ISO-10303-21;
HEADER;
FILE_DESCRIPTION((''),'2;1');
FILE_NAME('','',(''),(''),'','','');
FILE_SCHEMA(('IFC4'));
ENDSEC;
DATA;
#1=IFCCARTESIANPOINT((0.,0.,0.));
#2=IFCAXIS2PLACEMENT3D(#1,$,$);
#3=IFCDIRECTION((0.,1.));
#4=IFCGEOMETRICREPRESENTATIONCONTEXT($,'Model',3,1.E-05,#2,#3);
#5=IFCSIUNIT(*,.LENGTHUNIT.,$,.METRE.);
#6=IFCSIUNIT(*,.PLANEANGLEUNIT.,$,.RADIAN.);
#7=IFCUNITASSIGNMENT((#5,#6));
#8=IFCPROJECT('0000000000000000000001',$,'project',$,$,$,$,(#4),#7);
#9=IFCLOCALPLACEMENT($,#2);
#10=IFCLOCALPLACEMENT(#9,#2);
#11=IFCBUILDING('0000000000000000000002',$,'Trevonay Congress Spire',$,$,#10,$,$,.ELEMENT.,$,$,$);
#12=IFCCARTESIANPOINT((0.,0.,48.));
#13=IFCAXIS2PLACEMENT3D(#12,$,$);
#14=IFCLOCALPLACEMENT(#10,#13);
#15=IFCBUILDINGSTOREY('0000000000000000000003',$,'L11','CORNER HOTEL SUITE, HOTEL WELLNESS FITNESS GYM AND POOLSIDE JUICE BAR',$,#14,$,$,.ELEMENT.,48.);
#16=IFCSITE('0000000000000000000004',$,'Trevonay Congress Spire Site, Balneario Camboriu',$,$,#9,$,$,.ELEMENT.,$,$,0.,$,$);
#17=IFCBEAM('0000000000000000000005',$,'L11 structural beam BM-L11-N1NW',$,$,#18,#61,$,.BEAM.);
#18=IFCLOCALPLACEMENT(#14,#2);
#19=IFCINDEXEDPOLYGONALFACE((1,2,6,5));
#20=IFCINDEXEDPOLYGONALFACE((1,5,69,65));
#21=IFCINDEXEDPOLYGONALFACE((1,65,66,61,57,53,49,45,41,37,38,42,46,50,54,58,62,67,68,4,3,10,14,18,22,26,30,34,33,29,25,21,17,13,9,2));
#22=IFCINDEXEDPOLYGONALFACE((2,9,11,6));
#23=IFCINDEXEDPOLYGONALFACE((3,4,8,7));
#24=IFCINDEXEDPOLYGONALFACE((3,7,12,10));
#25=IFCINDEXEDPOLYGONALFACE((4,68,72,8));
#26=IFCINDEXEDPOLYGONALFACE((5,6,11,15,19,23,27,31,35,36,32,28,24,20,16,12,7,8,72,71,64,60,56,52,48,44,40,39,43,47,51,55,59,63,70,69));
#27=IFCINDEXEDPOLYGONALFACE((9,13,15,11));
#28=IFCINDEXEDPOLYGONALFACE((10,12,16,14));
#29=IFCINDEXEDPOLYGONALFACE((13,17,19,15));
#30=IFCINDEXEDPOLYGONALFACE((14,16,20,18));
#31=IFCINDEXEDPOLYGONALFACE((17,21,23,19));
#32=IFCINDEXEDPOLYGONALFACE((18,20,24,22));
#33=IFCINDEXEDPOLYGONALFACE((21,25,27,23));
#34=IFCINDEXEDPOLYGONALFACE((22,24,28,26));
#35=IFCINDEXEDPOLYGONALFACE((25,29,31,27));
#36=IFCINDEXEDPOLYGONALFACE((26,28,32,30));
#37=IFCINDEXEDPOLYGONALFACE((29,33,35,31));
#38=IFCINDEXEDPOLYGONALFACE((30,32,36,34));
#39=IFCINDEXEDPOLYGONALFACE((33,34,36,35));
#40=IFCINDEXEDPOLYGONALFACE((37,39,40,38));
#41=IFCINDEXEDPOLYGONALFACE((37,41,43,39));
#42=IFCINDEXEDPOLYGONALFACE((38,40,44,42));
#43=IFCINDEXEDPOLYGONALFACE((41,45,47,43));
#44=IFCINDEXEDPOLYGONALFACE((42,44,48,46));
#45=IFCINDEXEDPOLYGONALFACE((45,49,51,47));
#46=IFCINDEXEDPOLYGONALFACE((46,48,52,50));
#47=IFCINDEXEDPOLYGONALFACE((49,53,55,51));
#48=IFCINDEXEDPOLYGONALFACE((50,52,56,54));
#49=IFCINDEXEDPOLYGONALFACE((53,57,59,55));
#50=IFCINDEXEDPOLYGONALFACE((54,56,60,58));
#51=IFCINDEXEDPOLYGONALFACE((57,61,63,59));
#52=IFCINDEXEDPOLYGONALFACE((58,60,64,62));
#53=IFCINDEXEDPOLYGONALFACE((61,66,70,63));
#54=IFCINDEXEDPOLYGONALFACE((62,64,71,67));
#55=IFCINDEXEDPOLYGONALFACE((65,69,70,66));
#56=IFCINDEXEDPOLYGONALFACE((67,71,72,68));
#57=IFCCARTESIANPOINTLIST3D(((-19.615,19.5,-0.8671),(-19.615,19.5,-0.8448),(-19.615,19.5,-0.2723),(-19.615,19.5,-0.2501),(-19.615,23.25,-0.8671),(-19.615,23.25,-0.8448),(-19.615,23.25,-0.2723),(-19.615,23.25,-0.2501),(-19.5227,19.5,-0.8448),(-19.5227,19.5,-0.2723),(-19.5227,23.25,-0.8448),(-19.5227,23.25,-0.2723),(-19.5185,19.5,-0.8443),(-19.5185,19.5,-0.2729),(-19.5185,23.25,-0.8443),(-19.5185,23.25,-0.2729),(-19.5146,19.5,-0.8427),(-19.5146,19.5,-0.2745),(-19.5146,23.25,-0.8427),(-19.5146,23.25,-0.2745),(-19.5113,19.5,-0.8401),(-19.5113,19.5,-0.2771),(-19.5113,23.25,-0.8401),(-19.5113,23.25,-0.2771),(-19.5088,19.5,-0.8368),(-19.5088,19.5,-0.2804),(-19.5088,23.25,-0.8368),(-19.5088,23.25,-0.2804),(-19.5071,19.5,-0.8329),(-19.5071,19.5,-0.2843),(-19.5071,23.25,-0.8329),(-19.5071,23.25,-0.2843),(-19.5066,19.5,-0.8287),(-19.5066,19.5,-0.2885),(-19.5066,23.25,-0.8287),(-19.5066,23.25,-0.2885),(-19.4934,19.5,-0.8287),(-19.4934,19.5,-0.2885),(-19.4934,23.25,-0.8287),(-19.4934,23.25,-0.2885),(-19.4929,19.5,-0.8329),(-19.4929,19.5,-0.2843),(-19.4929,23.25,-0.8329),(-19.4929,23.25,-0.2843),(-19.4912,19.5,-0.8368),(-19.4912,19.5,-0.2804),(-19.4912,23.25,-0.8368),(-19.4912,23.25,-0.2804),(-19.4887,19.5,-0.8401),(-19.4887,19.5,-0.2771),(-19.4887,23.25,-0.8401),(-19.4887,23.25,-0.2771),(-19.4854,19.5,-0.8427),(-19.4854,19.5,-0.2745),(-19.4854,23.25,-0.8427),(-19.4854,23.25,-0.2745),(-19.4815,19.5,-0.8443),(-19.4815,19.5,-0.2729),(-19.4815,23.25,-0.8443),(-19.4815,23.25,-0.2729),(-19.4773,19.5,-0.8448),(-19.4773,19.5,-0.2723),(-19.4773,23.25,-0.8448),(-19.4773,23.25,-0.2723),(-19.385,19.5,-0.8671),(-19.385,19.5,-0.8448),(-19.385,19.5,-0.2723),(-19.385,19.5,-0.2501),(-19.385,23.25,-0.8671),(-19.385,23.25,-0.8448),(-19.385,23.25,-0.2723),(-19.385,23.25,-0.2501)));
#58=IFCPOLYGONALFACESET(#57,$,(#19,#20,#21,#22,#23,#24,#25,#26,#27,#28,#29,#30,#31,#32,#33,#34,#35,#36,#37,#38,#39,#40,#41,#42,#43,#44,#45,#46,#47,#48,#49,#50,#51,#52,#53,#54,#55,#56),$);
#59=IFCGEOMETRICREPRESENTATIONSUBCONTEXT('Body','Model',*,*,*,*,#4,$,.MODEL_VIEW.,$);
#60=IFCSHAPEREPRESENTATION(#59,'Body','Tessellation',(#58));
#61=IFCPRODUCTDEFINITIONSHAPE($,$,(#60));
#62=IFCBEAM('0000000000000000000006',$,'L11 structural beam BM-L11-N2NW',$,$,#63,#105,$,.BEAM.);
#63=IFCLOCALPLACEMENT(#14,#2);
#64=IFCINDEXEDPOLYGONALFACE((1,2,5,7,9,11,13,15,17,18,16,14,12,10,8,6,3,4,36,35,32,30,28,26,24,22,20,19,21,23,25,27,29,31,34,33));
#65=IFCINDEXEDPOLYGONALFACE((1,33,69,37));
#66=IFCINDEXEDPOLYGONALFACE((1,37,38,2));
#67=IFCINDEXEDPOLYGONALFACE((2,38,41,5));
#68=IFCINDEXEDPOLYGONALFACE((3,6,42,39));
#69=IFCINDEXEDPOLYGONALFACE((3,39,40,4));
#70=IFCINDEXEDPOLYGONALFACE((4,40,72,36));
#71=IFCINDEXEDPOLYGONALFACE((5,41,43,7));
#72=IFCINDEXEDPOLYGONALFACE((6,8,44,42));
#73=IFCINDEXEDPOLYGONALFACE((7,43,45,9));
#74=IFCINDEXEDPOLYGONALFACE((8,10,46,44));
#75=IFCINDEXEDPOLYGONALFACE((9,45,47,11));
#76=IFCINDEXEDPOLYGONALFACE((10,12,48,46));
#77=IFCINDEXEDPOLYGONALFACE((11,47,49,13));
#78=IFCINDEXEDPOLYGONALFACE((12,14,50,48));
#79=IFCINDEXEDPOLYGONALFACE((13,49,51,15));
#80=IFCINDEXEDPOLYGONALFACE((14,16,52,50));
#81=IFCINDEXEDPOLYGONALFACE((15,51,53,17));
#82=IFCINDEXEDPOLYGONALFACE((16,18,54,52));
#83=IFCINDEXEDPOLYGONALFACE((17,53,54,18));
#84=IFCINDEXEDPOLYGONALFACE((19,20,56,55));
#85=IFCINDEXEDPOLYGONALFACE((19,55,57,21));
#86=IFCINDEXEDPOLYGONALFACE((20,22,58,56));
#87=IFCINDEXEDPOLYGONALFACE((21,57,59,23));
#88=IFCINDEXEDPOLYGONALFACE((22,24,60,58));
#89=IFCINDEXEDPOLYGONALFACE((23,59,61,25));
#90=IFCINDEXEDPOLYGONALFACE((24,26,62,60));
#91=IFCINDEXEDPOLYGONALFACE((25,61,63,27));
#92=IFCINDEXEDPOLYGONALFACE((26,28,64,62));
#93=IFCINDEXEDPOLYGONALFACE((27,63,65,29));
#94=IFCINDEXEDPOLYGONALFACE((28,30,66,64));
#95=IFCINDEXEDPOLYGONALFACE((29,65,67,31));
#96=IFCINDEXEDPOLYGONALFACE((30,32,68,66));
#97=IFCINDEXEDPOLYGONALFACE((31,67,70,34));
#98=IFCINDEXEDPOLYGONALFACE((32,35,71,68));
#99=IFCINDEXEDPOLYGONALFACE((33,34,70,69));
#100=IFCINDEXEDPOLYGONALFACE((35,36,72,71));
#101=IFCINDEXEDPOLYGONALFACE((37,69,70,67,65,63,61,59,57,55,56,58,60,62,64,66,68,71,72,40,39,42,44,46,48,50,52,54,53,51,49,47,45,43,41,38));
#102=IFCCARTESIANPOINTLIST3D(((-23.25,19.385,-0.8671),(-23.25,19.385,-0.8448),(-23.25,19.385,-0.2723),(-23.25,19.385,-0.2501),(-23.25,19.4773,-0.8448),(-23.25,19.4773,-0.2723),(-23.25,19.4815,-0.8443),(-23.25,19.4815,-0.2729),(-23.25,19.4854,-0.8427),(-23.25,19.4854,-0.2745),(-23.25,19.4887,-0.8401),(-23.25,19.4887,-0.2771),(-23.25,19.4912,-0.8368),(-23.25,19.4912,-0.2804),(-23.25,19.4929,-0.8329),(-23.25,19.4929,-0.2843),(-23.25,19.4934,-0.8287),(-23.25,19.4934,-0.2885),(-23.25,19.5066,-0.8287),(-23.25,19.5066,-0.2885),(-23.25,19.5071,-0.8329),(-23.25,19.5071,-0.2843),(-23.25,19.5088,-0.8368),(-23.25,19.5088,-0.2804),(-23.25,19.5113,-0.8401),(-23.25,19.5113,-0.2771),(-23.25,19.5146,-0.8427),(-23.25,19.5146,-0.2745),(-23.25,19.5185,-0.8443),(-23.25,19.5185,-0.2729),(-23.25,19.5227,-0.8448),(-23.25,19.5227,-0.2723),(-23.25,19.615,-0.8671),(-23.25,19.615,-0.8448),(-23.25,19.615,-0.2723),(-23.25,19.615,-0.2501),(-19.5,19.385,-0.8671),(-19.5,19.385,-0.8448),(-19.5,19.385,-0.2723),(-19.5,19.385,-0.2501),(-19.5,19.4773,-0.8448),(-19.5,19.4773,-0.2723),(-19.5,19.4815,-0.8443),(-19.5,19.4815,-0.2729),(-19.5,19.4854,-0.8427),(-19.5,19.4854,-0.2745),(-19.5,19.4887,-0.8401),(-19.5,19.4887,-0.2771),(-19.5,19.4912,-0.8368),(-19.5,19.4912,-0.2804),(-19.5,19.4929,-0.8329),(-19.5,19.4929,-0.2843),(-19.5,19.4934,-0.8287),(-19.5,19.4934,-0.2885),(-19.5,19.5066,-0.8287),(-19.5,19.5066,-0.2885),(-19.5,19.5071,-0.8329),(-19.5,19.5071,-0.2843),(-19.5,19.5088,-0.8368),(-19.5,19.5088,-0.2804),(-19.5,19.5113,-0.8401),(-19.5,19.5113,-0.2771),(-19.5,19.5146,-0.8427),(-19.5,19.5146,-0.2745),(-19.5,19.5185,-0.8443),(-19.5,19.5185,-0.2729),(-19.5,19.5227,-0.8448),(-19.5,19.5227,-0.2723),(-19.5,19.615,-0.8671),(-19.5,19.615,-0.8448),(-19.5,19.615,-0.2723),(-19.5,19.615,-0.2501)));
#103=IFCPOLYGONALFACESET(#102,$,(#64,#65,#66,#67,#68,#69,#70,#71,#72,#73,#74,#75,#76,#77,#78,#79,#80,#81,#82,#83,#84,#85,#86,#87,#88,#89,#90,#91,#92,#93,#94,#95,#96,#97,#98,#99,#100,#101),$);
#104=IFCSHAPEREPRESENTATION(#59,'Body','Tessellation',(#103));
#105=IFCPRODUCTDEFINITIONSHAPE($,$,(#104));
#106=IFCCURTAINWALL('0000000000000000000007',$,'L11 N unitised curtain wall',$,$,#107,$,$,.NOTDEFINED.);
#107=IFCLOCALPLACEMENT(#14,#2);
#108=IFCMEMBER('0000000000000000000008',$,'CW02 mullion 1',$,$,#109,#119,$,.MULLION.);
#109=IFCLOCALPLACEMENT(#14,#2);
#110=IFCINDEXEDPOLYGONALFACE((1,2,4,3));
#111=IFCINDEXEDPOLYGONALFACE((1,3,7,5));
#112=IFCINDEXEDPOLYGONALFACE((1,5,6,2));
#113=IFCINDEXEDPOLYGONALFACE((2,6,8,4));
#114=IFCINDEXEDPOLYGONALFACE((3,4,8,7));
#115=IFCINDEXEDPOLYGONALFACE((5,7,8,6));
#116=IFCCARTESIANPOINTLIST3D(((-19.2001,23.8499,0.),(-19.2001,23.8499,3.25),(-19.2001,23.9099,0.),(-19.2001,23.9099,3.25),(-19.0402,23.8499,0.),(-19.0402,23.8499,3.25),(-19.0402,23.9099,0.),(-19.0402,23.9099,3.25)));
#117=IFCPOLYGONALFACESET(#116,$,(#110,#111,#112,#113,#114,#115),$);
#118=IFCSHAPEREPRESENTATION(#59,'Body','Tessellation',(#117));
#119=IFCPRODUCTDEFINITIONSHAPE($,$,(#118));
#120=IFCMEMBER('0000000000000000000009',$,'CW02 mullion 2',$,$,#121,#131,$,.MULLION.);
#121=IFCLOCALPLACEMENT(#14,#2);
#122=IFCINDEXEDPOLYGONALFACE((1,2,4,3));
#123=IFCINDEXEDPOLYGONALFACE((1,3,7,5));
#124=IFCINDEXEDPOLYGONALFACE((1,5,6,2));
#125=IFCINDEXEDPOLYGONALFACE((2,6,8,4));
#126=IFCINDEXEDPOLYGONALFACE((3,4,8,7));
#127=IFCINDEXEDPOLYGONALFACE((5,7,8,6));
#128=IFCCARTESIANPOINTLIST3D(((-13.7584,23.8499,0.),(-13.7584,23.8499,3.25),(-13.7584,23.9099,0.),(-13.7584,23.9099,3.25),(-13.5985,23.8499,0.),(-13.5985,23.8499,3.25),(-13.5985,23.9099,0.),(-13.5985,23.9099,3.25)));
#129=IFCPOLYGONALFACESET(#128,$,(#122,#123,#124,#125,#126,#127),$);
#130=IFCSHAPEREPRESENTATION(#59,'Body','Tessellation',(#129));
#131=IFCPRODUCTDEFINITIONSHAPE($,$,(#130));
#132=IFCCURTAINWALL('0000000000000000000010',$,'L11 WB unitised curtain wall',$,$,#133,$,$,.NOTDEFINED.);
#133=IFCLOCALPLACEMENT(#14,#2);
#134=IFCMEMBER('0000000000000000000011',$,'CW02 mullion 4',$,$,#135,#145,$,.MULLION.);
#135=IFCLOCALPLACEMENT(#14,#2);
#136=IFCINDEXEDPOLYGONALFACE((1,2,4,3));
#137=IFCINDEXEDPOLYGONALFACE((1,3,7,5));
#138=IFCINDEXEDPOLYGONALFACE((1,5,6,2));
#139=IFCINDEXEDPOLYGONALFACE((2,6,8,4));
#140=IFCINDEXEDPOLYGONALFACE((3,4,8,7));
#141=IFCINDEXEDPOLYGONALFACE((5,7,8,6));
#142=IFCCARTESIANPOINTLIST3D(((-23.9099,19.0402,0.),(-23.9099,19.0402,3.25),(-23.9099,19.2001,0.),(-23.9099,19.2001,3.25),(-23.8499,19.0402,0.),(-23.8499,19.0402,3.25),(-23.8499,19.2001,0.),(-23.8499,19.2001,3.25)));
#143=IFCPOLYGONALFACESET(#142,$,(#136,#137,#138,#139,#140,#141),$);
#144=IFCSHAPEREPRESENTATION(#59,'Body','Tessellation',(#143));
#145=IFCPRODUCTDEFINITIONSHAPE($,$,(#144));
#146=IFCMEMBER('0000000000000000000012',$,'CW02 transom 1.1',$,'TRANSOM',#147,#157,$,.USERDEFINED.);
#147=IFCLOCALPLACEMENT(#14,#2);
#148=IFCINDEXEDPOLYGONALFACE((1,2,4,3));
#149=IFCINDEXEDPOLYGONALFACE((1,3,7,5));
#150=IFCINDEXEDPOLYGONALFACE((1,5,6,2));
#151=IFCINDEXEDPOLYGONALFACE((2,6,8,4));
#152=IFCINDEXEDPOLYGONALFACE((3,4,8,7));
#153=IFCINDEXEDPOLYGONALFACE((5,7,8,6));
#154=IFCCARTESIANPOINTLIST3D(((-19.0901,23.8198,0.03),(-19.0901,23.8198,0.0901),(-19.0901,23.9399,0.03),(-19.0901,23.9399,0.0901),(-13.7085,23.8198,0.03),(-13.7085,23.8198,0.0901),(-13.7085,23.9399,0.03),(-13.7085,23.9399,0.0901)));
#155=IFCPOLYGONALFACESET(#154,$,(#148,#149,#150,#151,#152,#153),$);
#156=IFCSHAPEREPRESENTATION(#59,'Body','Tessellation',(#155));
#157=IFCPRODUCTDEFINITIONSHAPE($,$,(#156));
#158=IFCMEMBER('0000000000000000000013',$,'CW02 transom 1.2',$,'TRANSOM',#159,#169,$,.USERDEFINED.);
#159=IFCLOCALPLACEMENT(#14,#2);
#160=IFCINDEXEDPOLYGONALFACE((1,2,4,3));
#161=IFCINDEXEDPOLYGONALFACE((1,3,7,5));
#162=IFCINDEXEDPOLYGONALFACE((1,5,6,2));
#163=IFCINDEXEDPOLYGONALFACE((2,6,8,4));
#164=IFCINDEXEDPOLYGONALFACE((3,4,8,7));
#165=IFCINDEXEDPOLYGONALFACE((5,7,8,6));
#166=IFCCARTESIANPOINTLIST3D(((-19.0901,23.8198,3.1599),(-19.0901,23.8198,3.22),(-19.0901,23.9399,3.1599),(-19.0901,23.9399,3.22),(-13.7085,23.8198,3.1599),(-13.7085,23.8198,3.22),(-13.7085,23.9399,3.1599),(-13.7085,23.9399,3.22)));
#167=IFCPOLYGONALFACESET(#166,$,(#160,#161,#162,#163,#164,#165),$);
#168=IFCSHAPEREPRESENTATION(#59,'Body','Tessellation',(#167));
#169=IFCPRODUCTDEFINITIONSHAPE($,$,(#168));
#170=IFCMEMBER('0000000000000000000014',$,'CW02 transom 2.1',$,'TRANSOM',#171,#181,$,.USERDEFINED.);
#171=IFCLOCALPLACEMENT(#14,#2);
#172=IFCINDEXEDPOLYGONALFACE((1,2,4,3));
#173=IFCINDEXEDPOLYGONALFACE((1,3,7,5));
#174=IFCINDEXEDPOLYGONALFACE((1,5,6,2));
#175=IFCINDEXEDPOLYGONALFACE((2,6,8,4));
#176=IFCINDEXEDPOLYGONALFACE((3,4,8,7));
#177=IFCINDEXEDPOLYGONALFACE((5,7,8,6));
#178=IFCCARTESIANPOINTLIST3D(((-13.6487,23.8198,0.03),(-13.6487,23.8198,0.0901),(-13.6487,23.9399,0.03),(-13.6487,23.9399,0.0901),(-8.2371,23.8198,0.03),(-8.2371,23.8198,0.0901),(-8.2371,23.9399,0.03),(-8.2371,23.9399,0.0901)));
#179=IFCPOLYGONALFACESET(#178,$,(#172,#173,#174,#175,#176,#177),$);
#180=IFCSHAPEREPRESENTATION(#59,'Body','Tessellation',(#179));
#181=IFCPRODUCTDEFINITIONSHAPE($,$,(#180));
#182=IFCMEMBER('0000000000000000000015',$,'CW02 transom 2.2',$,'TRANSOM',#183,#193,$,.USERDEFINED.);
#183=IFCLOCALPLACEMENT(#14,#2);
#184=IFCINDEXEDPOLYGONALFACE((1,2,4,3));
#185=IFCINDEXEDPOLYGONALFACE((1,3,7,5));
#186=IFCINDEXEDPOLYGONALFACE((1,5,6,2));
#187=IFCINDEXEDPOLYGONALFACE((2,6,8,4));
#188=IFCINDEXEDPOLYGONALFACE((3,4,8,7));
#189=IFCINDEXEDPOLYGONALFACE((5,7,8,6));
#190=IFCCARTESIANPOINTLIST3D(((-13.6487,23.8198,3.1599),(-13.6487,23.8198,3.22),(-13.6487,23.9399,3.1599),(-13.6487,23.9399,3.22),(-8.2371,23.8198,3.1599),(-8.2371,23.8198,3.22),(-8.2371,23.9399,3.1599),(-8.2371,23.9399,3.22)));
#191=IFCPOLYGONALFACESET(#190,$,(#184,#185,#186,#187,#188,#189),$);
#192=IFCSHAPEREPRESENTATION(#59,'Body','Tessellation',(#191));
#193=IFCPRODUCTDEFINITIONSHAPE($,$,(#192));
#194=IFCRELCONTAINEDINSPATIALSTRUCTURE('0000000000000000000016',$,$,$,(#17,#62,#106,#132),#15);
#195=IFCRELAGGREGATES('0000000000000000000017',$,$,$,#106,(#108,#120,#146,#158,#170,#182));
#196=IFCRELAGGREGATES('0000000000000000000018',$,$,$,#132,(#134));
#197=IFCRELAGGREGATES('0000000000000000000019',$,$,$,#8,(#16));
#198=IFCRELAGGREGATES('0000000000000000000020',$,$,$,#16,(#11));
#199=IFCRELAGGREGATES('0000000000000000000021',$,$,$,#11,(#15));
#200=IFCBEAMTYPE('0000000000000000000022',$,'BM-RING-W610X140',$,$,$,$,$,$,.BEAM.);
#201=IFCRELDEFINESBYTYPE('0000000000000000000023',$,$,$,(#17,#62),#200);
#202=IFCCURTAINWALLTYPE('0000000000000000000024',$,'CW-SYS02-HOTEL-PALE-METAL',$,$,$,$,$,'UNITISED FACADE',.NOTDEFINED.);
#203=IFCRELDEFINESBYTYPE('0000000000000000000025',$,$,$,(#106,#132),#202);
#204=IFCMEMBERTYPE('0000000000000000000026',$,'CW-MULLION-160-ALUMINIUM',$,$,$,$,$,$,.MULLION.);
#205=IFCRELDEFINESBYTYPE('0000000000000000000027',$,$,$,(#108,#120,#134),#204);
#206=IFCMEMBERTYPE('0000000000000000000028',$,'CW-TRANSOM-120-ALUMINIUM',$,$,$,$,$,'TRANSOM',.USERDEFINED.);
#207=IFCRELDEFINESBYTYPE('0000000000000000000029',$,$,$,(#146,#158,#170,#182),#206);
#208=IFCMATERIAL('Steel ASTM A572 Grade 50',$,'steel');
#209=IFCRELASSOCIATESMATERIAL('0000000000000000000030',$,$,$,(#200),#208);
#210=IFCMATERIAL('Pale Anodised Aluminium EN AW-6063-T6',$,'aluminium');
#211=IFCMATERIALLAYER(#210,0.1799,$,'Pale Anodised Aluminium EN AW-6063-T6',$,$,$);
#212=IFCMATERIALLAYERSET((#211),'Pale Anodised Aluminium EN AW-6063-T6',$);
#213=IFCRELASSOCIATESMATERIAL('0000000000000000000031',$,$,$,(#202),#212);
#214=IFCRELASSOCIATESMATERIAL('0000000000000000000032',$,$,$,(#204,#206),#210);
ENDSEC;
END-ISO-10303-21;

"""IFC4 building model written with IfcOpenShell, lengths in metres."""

from ifc_helpers import new_model, si_unit, direction, frame, origin, origin_2d, place, context, subcontext, project, spatial, rectangle, i_section, extrude, material, layer, layer_set, material_profile, profile_set, type_object, element, aggregate, save


model = new_model("IFC4")

# Units and contexts
model_context = context("Model", 3, precision=1e-05, world=origin(), true_north=direction((0.0, 1.0)))
body_context = subcontext(model_context, "Body", "Model", "MODEL_VIEW")
ifc_project = project(units=[si_unit("LENGTHUNIT", "METRE"), si_unit("PLANEANGLEUNIT", "RADIAN")], contexts=[model_context])

# Site, building, storey
site_placement = place(None, origin())
site = spatial("IfcSite", under=ifc_project, at=site_placement, Name="Trevonay Congress Spire Site, Balneario Camboriu", CompositionType="ELEMENT", RefElevation=0.0)
building_placement = place(site_placement, origin())
building = spatial("IfcBuilding", under=site, at=building_placement, Name="Trevonay Congress Spire", CompositionType="ELEMENT")
storey_placement = place(building_placement, frame((0.0, 0.0, 48.0)))
storey = spatial("IfcBuildingStorey", under=building, at=storey_placement, Name="L11", Description="CORNER HOTEL SUITE, HOTEL WELLNESS FITNESS GYM AND POOLSIDE JUICE BAR", CompositionType="ELEMENT", Elevation=48.0)

# Shared definitions
ifc_material_1 = material(Name="Steel ASTM A572 Grade 50", Category="steel")

# Beams
ifc_material_profile_1 = material_profile(ifc_material_1, i_section(OverallWidth=0.23, OverallDepth=0.6169, WebThickness=0.0132, FlangeThickness=0.0222, FilletRadius=0.0161, at=origin_2d()), Name="W610x140")
ifc_profile_set_1 = profile_set([ifc_material_profile_1], Name="Steel ASTM A572 Grade 50")
beam_type = type_object("IfcBeamType", Name="BM-RING-W610X140", PredefinedType="BEAM", material=ifc_profile_set_1)
for number, where, z_axis, x_axis, name in (
    (1, (-19.5, 23.25, -0.5586), (0.0, -1.0, 0.0), (1.0, 0.0, 0.0), "L11 structural beam BM-L11-N1NW"),
    (2, (-23.25, 19.5, -0.5586), (1.0, 0.0, 0.0), (0.0, 1.0, 0.0), "L11 structural beam BM-L11-N2NW"),
):
    element("IfcBeam", number, at=place(storey_placement, frame(where, z_axis=z_axis, x_axis=x_axis)), inside=storey, type_object=beam_type, Name=name, PredefinedType="BEAM", context=body_context, shape_type="SweptSolid", body=[
        extrude(i_section(OverallWidth=0.23, OverallDepth=0.6169, WebThickness=0.0132, FlangeThickness=0.0222, FilletRadius=0.0161, at=origin_2d()), origin(), (0.0, 0.0, 1.0), 3.75),
    ])

# Curtain wall, members
ifc_material_2 = material(Name="Pale Anodised Aluminium EN AW-6063-T6", Category="aluminium")
ifc_layer_1 = layer(ifc_material_2, 0.1799, Name="Pale Anodised Aluminium EN AW-6063-T6")
ifc_layer_set_1 = layer_set([ifc_layer_1], Name="Pale Anodised Aluminium EN AW-6063-T6")
curtain_wall_type = type_object("IfcCurtainWallType", Name="CW-SYS02-HOTEL-PALE-METAL", ElementType="UNITISED FACADE", PredefinedType="NOTDEFINED", material=ifc_layer_set_1)
curtain_wall_1_placement = place(storey_placement, origin())
curtain_wall_1 = element("IfcCurtainWall", 3, at=curtain_wall_1_placement, inside=storey, type_object=curtain_wall_type, Name="L11 N unitised curtain wall", PredefinedType="NOTDEFINED")
ifc_material_profile_2 = material_profile(ifc_material_2, rectangle(XDim=0.0601, YDim=0.1599, at=origin_2d()), Name="CW-MULLION-160-ALUMINIUM")
ifc_profile_set_2 = profile_set([ifc_material_profile_2], Name="Pale Anodised Aluminium EN AW-6063-T6")
member_type_1 = type_object("IfcMemberType", Name="CW-MULLION-160-ALUMINIUM", PredefinedType="MULLION", material=ifc_profile_set_2)
member_1_placement = place(storey_placement, frame((-19.1201, 23.8799, 0.0), z_axis=(0.0, 0.0, 1.0), x_axis=(0.0, 1.0, 0.0)))
member_1 = element("IfcMember", 4, at=member_1_placement, type_object=member_type_1, Name="CW02 mullion 1", PredefinedType="MULLION", context=body_context, shape_type="SweptSolid", body=[
    extrude(rectangle(XDim=0.0601, YDim=0.1599, at=origin_2d()), origin(), (0.0, 0.0, 1.0), 3.25),
])
member_2_placement = place(storey_placement, frame((-13.6785, 23.8799, 0.0), z_axis=(0.0, 0.0, 1.0), x_axis=(0.0, 1.0, 0.0)))
member_2 = element("IfcMember", 5, at=member_2_placement, type_object=member_type_1, Name="CW02 mullion 2", PredefinedType="MULLION", context=body_context, shape_type="SweptSolid", body=[
    extrude(rectangle(XDim=0.0601, YDim=0.1599, at=origin_2d()), origin(), (0.0, 0.0, 1.0), 3.25),
])

# Curtain wall, member
curtain_wall_2_placement = place(storey_placement, origin())
curtain_wall_2 = element("IfcCurtainWall", 6, at=curtain_wall_2_placement, inside=storey, type_object=curtain_wall_type, Name="L11 WB unitised curtain wall", PredefinedType="NOTDEFINED")
member_3_placement = place(storey_placement, frame((-23.8799, 19.1201, 0.0), z_axis=(0.0, 0.0, 1.0), x_axis=(-1.0, 0.0, 0.0)))
member_3 = element("IfcMember", 7, at=member_3_placement, type_object=member_type_1, Name="CW02 mullion 4", PredefinedType="MULLION", context=body_context, shape_type="SweptSolid", body=[
    extrude(rectangle(XDim=0.0601, YDim=0.1599, at=origin_2d()), origin(), (0.0, 0.0, 1.0), 3.25),
])

# Members
ifc_material_profile_3 = material_profile(ifc_material_2, rectangle(XDim=0.1201, YDim=0.0601, at=origin_2d()), Name="CW-TRANSOM-120-ALUMINIUM")
ifc_profile_set_3 = profile_set([ifc_material_profile_3], Name="Pale Anodised Aluminium EN AW-6063-T6")
member_type_2 = type_object("IfcMemberType", Name="CW-TRANSOM-120-ALUMINIUM", ElementType="TRANSOM", PredefinedType="USERDEFINED", material=ifc_profile_set_3)
member_4_placement = place(storey_placement, frame((-19.0901, 23.8799, 0.0601), z_axis=(1.0, 0.0, 0.0), x_axis=(0.0, 1.0, 0.0)))
member_4 = element("IfcMember", 8, at=member_4_placement, type_object=member_type_2, Name="CW02 transom 1.1", ObjectType="TRANSOM", PredefinedType="USERDEFINED", context=body_context, shape_type="SweptSolid", body=[
    extrude(rectangle(XDim=0.1201, YDim=0.0601, at=origin_2d()), origin(), (0.0, 0.0, 1.0), 5.3816),
])
member_5_placement = place(storey_placement, frame((-19.0901, 23.8799, 3.1899), z_axis=(1.0, 0.0, 0.0), x_axis=(0.0, 1.0, 0.0)))
member_5 = element("IfcMember", 9, at=member_5_placement, type_object=member_type_2, Name="CW02 transom 1.2", ObjectType="TRANSOM", PredefinedType="USERDEFINED", context=body_context, shape_type="SweptSolid", body=[
    extrude(rectangle(XDim=0.1201, YDim=0.0601, at=origin_2d()), origin(), (0.0, 0.0, 1.0), 5.3816),
])
member_6_placement = place(storey_placement, frame((-13.6487, 23.8799, 0.0601), z_axis=(1.0, 0.0, 0.0), x_axis=(0.0, 1.0, 0.0)))
member_6 = element("IfcMember", 10, at=member_6_placement, type_object=member_type_2, Name="CW02 transom 2.1", ObjectType="TRANSOM", PredefinedType="USERDEFINED", context=body_context, shape_type="SweptSolid", body=[
    extrude(rectangle(XDim=0.1201, YDim=0.0601, at=origin_2d()), origin(), (0.0, 0.0, 1.0), 5.4116),
])
member_7_placement = place(storey_placement, frame((-13.6487, 23.8799, 3.1899), z_axis=(1.0, 0.0, 0.0), x_axis=(0.0, 1.0, 0.0)))
member_7 = element("IfcMember", 11, at=member_7_placement, type_object=member_type_2, Name="CW02 transom 2.2", ObjectType="TRANSOM", PredefinedType="USERDEFINED", context=body_context, shape_type="SweptSolid", body=[
    extrude(rectangle(XDim=0.1201, YDim=0.0601, at=origin_2d()), origin(), (0.0, 0.0, 1.0), 5.4116),
])

aggregate(curtain_wall_1, [member_1, member_2, member_4, member_5, member_6, member_7])
aggregate(curtain_wall_2, [member_3])

save(model, "model.ifc")
